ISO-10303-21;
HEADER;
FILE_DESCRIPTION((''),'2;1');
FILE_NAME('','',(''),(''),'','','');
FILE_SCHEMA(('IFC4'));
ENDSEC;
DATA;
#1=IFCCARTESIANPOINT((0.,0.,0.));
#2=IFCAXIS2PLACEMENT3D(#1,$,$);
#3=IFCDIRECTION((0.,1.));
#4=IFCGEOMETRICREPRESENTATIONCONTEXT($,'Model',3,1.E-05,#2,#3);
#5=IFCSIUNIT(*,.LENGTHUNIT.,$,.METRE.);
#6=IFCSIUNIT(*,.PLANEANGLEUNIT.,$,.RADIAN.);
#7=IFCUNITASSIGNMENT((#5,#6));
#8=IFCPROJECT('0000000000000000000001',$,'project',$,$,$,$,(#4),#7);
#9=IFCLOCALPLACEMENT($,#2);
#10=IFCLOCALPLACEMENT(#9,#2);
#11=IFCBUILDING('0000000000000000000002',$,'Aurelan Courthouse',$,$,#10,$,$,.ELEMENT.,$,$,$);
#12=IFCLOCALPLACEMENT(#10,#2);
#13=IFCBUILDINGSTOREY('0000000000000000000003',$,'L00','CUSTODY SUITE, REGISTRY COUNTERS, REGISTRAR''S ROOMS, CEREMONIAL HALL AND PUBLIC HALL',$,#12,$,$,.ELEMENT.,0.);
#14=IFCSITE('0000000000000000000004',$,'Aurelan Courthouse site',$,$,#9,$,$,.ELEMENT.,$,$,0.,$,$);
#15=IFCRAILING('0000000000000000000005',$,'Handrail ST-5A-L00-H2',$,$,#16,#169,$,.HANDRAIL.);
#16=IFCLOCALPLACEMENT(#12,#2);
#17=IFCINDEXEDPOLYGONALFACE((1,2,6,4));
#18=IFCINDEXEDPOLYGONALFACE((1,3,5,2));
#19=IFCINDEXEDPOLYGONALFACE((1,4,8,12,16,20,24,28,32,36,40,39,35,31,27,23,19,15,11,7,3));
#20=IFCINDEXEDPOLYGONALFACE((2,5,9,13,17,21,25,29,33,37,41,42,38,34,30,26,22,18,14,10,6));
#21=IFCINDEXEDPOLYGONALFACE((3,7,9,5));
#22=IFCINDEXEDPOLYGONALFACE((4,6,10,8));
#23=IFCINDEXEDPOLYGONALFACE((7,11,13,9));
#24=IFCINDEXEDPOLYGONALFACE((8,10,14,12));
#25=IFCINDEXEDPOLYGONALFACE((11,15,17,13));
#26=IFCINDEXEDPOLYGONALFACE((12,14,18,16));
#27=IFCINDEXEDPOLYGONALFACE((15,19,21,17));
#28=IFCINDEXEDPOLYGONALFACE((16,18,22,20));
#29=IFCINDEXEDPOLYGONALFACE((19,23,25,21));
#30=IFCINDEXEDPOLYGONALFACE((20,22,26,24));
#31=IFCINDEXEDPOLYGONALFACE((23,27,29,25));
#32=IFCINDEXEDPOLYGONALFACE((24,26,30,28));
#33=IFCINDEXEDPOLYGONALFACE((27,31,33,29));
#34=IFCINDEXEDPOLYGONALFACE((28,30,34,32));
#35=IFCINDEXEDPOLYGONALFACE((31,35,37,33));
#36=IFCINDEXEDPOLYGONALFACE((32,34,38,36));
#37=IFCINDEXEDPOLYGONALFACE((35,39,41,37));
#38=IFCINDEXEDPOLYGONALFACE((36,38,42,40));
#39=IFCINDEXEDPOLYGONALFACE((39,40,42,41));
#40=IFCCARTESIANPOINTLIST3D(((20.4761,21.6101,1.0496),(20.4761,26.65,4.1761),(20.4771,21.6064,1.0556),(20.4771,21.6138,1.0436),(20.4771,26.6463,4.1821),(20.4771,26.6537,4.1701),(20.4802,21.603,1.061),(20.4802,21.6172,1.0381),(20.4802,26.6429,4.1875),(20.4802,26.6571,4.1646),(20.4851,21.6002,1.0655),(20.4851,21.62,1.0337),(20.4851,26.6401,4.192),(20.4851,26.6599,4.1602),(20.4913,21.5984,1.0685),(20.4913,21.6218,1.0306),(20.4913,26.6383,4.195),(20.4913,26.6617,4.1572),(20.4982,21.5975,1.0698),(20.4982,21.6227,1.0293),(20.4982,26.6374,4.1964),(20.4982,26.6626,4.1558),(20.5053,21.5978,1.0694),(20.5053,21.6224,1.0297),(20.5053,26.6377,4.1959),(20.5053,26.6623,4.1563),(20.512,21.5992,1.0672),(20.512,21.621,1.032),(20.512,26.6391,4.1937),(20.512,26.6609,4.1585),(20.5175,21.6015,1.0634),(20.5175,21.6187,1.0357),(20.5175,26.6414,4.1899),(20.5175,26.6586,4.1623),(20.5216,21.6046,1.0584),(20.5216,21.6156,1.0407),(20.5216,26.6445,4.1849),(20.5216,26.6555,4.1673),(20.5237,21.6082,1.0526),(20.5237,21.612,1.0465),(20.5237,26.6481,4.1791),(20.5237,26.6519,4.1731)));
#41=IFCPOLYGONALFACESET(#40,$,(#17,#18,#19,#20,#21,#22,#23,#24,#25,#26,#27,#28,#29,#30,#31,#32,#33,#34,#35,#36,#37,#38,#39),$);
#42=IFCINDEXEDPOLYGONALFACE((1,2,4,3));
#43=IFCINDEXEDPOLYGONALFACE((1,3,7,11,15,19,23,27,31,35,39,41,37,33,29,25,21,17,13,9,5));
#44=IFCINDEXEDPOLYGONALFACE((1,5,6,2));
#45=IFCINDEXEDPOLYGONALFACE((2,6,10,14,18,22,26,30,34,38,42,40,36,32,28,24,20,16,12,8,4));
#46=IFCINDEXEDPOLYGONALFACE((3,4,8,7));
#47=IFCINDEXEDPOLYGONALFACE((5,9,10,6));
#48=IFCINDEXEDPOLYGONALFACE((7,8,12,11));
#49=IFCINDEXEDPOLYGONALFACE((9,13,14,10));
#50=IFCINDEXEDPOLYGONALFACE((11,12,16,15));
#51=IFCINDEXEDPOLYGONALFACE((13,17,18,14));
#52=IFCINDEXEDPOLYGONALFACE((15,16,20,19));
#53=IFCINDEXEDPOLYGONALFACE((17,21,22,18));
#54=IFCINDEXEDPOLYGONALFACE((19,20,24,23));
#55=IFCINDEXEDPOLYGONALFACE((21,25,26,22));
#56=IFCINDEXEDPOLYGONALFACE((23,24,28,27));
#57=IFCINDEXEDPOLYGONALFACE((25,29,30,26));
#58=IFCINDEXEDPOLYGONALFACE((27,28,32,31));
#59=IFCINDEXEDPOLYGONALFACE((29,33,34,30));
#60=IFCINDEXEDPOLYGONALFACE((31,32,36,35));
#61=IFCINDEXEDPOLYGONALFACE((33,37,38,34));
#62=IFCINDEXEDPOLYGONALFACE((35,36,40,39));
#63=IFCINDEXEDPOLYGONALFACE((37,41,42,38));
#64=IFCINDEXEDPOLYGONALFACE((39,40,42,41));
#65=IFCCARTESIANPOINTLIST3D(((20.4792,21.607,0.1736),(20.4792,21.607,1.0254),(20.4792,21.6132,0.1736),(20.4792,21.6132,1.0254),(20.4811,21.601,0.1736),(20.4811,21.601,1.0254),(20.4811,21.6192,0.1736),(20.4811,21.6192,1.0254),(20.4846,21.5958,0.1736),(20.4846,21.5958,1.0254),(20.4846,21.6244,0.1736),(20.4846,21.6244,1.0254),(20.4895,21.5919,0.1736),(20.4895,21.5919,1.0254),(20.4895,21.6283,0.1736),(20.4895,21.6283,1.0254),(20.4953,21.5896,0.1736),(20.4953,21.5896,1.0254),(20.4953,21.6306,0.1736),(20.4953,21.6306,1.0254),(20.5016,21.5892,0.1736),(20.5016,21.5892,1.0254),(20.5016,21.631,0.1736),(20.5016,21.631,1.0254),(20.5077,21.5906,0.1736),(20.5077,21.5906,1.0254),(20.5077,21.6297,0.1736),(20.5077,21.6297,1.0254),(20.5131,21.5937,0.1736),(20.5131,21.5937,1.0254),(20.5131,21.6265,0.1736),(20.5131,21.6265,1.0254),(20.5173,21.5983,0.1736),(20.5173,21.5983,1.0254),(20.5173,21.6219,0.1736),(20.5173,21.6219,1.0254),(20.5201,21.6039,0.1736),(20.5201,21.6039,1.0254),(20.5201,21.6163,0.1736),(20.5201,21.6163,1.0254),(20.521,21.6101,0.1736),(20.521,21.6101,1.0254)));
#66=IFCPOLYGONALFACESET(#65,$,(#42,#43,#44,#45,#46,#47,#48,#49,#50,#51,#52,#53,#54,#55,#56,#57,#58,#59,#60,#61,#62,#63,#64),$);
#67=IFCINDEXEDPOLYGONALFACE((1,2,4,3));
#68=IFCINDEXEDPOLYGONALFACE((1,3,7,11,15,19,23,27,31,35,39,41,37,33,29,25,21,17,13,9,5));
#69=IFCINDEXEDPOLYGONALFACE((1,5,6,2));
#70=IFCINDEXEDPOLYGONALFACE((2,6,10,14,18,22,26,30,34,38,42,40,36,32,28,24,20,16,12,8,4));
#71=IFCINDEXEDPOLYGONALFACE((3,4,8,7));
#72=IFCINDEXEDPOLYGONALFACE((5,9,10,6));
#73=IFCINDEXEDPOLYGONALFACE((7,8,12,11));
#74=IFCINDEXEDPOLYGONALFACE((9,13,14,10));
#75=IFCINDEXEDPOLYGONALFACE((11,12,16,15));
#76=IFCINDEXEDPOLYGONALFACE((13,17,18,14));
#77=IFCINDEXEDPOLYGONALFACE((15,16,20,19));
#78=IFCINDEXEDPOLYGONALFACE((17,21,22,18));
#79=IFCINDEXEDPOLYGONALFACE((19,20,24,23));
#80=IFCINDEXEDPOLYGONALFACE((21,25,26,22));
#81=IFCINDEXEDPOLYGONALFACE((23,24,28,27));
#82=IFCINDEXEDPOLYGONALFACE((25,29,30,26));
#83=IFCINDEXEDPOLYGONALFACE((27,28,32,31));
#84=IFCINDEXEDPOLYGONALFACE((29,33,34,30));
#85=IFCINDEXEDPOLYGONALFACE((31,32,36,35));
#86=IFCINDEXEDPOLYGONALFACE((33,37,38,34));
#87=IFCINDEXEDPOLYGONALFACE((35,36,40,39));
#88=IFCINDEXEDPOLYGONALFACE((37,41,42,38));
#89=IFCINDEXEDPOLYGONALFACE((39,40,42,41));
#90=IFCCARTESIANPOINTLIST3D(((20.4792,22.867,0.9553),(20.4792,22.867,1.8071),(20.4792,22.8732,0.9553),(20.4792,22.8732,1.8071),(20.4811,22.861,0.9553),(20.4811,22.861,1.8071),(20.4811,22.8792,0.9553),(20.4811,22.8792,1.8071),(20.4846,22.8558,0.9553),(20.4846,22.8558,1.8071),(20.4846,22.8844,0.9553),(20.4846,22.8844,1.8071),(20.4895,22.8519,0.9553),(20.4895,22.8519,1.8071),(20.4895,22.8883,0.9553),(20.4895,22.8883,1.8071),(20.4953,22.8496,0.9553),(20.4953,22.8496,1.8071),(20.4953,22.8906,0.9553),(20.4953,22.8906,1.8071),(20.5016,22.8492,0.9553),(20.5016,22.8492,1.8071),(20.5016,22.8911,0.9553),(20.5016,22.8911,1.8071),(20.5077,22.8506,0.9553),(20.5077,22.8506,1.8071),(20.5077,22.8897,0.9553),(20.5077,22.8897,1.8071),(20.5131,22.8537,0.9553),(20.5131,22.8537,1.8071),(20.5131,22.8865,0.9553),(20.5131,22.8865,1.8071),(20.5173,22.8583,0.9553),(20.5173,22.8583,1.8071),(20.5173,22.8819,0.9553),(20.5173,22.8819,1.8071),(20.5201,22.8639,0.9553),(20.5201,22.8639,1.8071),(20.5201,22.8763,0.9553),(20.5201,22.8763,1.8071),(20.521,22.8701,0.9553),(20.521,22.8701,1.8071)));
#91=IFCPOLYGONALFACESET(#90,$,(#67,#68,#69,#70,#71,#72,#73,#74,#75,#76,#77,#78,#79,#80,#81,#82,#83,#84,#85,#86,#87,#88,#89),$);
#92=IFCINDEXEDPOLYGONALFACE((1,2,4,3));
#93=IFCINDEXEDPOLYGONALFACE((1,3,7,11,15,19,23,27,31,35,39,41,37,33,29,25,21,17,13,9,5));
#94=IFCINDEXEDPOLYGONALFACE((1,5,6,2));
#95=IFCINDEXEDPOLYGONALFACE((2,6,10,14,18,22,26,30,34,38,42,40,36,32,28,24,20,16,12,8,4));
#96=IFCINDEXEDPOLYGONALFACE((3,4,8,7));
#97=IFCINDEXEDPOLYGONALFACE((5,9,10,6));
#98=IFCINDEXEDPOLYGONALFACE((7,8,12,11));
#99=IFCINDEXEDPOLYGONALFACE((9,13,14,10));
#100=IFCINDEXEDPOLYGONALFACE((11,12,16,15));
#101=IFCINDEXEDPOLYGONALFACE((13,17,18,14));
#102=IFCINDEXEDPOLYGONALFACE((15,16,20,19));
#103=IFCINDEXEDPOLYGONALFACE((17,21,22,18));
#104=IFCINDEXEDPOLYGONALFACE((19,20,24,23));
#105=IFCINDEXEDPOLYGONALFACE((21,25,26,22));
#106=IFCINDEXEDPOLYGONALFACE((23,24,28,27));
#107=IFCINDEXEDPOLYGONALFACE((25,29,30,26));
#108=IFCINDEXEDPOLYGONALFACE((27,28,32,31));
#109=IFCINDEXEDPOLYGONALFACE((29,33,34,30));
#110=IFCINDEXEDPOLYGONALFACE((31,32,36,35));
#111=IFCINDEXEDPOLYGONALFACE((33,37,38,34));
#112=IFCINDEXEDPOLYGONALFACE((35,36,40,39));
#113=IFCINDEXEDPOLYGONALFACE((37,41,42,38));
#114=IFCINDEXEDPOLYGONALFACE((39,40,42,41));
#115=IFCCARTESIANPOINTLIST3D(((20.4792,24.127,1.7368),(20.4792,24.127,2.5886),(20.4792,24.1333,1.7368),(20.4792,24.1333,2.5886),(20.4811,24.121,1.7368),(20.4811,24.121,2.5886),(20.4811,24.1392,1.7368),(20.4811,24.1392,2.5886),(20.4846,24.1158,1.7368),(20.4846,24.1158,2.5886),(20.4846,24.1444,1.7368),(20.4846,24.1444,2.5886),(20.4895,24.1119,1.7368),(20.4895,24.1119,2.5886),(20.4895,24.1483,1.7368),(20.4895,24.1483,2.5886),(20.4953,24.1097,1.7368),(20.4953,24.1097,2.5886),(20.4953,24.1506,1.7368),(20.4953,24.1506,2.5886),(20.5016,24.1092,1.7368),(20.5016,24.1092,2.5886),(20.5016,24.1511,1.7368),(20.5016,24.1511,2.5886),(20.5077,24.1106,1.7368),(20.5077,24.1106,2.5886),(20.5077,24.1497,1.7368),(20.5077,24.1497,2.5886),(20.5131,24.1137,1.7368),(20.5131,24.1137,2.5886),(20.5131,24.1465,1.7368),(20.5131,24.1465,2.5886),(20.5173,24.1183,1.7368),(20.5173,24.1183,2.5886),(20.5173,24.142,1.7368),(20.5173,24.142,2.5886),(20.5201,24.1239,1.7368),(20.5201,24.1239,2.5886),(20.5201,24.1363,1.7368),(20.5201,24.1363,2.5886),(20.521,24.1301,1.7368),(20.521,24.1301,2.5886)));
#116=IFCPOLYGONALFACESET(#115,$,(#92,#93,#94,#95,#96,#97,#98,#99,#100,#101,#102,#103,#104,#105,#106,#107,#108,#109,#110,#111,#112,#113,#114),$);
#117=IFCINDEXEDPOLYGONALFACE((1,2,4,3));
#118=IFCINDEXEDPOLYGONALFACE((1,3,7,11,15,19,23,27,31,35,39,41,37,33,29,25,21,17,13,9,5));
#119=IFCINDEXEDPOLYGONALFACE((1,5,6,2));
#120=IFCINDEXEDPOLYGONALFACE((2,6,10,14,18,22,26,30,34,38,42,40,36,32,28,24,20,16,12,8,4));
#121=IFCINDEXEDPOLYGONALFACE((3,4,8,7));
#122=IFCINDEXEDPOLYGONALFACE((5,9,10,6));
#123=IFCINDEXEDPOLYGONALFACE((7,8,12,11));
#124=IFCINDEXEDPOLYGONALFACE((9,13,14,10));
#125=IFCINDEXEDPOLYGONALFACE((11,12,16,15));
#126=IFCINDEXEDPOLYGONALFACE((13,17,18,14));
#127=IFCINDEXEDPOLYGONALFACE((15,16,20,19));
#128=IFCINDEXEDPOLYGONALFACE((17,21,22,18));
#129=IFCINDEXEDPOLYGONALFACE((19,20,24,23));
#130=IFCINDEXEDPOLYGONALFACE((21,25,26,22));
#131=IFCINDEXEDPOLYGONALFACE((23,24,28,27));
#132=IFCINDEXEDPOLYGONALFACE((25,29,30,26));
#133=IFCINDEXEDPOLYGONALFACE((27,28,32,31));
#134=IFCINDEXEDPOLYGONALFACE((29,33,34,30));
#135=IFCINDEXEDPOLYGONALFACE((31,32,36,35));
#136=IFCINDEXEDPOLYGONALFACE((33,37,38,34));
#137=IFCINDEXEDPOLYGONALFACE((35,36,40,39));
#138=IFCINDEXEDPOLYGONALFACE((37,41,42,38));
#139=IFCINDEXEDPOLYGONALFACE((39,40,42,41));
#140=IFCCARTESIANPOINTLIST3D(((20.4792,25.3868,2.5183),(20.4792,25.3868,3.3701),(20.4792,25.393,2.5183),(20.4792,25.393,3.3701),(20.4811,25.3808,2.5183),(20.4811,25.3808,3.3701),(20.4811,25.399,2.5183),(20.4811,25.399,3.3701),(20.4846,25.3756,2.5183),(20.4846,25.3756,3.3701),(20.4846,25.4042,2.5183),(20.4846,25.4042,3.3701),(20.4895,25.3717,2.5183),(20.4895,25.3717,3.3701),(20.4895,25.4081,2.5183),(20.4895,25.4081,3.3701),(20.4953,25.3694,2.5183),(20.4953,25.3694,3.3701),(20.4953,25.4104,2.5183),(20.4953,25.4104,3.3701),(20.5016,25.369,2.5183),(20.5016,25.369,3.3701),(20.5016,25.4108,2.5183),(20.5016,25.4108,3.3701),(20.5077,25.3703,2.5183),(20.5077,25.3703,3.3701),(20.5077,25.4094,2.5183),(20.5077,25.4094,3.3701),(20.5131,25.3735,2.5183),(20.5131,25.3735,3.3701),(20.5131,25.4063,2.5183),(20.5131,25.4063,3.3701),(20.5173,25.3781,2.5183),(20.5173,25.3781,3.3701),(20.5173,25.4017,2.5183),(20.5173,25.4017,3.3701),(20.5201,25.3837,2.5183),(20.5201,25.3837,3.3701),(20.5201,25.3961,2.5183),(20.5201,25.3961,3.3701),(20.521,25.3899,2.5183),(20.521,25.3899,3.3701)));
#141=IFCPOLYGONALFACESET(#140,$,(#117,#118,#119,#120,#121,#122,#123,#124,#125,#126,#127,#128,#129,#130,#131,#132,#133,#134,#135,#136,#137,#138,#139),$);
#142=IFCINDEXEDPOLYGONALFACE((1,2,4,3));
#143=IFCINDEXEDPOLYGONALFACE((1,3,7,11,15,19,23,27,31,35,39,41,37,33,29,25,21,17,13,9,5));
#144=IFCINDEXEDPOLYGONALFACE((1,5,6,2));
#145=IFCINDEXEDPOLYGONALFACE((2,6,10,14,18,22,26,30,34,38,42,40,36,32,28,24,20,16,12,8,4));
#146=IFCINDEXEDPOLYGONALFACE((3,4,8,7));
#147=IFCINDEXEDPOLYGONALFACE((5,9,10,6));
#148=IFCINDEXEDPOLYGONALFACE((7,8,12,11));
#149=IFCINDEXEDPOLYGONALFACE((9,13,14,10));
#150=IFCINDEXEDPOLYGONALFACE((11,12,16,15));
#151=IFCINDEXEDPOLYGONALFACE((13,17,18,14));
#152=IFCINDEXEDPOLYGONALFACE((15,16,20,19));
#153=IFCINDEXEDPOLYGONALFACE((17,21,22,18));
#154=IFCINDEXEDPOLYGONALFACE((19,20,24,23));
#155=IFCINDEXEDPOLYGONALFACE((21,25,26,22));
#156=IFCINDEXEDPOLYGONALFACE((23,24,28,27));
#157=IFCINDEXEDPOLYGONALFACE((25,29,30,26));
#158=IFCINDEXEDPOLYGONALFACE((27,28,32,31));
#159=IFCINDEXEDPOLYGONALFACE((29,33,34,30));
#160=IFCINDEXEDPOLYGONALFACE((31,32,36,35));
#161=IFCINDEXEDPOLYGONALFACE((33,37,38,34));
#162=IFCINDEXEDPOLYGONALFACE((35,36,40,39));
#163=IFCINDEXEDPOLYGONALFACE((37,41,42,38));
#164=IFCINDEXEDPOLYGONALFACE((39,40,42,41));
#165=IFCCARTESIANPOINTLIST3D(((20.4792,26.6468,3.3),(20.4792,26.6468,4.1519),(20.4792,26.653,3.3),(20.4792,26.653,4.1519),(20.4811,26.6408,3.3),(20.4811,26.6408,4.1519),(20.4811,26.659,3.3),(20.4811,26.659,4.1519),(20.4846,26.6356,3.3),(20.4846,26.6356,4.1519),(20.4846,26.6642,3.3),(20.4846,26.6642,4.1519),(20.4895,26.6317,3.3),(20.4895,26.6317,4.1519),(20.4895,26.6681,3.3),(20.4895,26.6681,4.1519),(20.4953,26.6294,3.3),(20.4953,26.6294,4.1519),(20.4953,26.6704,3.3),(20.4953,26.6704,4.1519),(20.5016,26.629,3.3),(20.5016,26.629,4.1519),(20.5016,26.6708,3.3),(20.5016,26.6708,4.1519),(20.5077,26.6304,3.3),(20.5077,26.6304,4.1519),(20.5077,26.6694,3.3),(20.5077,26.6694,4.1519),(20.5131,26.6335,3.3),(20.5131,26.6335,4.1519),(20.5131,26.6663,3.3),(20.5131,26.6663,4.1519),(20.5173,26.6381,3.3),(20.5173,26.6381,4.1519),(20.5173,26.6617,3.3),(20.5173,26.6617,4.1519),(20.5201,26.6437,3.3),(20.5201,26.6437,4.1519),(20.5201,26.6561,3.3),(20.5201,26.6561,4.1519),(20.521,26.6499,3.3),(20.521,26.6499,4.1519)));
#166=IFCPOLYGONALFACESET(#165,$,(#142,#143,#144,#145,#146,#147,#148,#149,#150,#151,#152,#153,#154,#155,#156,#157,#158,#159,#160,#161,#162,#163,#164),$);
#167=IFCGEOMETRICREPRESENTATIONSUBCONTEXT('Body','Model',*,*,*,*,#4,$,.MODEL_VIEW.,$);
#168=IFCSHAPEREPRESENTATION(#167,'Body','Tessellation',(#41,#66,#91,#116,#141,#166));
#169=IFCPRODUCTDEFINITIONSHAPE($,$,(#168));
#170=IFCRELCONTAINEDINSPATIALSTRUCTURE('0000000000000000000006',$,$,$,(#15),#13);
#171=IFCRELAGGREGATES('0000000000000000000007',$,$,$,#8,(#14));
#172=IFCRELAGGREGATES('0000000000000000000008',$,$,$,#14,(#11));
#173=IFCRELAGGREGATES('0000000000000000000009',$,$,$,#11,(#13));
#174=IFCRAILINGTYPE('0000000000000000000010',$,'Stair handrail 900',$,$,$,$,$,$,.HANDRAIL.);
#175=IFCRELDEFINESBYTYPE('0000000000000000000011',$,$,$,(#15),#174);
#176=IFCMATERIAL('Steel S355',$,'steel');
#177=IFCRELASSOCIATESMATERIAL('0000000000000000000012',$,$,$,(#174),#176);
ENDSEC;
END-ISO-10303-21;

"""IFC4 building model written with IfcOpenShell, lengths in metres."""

from ifc_helpers import new_model, si_unit, direction, frame, origin, origin_2d, place, context, subcontext, project, spatial, circle, extrude, material, type_object, element, save


model = new_model("IFC4")

# Units and contexts
model_context = context("Model", 3, precision=1e-05, world=origin(), true_north=direction((0.0, 1.0)))
body_context = subcontext(model_context, "Body", "Model", "MODEL_VIEW")
ifc_project = project(units=[si_unit("LENGTHUNIT", "METRE"), si_unit("PLANEANGLEUNIT", "RADIAN")], contexts=[model_context])

# Site, building, storey
site_placement = place(None, origin())
site = spatial("IfcSite", under=ifc_project, at=site_placement, Name="Aurelan Courthouse site", CompositionType="ELEMENT", RefElevation=0.0)
building_placement = place(site_placement, origin())
building = spatial("IfcBuilding", under=site, at=building_placement, Name="Aurelan Courthouse", CompositionType="ELEMENT")
storey_placement = place(building_placement, origin())
storey = spatial("IfcBuildingStorey", under=building, at=storey_placement, Name="L00", Description="CUSTODY SUITE, REGISTRY COUNTERS, REGISTRAR'S ROOMS, CEREMONIAL HALL AND PUBLIC HALL", CompositionType="ELEMENT", Elevation=0.0)

# Railing
ifc_material_1 = material(Name="Steel S355", Category="steel")
railing_type_1 = type_object("IfcRailingType", Name="Stair handrail 900", PredefinedType="HANDRAIL", material=ifc_material_1)
for number, where, name in (
    (1, (20.5, 21.6101, 0.1736), "Handrail ST-5A-L00-H2"),
):
    element("IfcRailing", number, at=place(storey_placement, frame(where)), inside=storey, type_object=railing_type_1, Name=name, PredefinedType="HANDRAIL", context=body_context, shape_type="SweptSolid", body=[
        extrude(circle(Radius=0.0239, at=origin_2d()), frame((0.0, 0.0, 0.876), z_axis=(0.0, 0.849767, 0.527158), x_axis=(-1.0, 0.0, 0.0)), (0.0, 0.0, 1.0), 5.9309),
        extrude(circle(Radius=0.021, at=origin_2d()), origin(), (0.0, 0.0, 1.0), 0.8518),
        extrude(circle(Radius=0.021, at=origin_2d()), frame((0.0, 1.26, 0.7817)), (0.0, 0.0, 1.0), 0.8518),
        extrude(circle(Radius=0.021, at=origin_2d()), frame((0.0, 2.52, 1.5632)), (0.0, 0.0, 1.0), 0.8518),
        extrude(circle(Radius=0.021, at=origin_2d()), frame((0.0, 3.7798, 2.3447)), (0.0, 0.0, 1.0), 0.8518),
        extrude(circle(Radius=0.021, at=origin_2d()), frame((0.0, 5.0398, 3.1265)), (0.0, 0.0, 1.0), 0.8518),
    ])

save(model, "model.ifc")
